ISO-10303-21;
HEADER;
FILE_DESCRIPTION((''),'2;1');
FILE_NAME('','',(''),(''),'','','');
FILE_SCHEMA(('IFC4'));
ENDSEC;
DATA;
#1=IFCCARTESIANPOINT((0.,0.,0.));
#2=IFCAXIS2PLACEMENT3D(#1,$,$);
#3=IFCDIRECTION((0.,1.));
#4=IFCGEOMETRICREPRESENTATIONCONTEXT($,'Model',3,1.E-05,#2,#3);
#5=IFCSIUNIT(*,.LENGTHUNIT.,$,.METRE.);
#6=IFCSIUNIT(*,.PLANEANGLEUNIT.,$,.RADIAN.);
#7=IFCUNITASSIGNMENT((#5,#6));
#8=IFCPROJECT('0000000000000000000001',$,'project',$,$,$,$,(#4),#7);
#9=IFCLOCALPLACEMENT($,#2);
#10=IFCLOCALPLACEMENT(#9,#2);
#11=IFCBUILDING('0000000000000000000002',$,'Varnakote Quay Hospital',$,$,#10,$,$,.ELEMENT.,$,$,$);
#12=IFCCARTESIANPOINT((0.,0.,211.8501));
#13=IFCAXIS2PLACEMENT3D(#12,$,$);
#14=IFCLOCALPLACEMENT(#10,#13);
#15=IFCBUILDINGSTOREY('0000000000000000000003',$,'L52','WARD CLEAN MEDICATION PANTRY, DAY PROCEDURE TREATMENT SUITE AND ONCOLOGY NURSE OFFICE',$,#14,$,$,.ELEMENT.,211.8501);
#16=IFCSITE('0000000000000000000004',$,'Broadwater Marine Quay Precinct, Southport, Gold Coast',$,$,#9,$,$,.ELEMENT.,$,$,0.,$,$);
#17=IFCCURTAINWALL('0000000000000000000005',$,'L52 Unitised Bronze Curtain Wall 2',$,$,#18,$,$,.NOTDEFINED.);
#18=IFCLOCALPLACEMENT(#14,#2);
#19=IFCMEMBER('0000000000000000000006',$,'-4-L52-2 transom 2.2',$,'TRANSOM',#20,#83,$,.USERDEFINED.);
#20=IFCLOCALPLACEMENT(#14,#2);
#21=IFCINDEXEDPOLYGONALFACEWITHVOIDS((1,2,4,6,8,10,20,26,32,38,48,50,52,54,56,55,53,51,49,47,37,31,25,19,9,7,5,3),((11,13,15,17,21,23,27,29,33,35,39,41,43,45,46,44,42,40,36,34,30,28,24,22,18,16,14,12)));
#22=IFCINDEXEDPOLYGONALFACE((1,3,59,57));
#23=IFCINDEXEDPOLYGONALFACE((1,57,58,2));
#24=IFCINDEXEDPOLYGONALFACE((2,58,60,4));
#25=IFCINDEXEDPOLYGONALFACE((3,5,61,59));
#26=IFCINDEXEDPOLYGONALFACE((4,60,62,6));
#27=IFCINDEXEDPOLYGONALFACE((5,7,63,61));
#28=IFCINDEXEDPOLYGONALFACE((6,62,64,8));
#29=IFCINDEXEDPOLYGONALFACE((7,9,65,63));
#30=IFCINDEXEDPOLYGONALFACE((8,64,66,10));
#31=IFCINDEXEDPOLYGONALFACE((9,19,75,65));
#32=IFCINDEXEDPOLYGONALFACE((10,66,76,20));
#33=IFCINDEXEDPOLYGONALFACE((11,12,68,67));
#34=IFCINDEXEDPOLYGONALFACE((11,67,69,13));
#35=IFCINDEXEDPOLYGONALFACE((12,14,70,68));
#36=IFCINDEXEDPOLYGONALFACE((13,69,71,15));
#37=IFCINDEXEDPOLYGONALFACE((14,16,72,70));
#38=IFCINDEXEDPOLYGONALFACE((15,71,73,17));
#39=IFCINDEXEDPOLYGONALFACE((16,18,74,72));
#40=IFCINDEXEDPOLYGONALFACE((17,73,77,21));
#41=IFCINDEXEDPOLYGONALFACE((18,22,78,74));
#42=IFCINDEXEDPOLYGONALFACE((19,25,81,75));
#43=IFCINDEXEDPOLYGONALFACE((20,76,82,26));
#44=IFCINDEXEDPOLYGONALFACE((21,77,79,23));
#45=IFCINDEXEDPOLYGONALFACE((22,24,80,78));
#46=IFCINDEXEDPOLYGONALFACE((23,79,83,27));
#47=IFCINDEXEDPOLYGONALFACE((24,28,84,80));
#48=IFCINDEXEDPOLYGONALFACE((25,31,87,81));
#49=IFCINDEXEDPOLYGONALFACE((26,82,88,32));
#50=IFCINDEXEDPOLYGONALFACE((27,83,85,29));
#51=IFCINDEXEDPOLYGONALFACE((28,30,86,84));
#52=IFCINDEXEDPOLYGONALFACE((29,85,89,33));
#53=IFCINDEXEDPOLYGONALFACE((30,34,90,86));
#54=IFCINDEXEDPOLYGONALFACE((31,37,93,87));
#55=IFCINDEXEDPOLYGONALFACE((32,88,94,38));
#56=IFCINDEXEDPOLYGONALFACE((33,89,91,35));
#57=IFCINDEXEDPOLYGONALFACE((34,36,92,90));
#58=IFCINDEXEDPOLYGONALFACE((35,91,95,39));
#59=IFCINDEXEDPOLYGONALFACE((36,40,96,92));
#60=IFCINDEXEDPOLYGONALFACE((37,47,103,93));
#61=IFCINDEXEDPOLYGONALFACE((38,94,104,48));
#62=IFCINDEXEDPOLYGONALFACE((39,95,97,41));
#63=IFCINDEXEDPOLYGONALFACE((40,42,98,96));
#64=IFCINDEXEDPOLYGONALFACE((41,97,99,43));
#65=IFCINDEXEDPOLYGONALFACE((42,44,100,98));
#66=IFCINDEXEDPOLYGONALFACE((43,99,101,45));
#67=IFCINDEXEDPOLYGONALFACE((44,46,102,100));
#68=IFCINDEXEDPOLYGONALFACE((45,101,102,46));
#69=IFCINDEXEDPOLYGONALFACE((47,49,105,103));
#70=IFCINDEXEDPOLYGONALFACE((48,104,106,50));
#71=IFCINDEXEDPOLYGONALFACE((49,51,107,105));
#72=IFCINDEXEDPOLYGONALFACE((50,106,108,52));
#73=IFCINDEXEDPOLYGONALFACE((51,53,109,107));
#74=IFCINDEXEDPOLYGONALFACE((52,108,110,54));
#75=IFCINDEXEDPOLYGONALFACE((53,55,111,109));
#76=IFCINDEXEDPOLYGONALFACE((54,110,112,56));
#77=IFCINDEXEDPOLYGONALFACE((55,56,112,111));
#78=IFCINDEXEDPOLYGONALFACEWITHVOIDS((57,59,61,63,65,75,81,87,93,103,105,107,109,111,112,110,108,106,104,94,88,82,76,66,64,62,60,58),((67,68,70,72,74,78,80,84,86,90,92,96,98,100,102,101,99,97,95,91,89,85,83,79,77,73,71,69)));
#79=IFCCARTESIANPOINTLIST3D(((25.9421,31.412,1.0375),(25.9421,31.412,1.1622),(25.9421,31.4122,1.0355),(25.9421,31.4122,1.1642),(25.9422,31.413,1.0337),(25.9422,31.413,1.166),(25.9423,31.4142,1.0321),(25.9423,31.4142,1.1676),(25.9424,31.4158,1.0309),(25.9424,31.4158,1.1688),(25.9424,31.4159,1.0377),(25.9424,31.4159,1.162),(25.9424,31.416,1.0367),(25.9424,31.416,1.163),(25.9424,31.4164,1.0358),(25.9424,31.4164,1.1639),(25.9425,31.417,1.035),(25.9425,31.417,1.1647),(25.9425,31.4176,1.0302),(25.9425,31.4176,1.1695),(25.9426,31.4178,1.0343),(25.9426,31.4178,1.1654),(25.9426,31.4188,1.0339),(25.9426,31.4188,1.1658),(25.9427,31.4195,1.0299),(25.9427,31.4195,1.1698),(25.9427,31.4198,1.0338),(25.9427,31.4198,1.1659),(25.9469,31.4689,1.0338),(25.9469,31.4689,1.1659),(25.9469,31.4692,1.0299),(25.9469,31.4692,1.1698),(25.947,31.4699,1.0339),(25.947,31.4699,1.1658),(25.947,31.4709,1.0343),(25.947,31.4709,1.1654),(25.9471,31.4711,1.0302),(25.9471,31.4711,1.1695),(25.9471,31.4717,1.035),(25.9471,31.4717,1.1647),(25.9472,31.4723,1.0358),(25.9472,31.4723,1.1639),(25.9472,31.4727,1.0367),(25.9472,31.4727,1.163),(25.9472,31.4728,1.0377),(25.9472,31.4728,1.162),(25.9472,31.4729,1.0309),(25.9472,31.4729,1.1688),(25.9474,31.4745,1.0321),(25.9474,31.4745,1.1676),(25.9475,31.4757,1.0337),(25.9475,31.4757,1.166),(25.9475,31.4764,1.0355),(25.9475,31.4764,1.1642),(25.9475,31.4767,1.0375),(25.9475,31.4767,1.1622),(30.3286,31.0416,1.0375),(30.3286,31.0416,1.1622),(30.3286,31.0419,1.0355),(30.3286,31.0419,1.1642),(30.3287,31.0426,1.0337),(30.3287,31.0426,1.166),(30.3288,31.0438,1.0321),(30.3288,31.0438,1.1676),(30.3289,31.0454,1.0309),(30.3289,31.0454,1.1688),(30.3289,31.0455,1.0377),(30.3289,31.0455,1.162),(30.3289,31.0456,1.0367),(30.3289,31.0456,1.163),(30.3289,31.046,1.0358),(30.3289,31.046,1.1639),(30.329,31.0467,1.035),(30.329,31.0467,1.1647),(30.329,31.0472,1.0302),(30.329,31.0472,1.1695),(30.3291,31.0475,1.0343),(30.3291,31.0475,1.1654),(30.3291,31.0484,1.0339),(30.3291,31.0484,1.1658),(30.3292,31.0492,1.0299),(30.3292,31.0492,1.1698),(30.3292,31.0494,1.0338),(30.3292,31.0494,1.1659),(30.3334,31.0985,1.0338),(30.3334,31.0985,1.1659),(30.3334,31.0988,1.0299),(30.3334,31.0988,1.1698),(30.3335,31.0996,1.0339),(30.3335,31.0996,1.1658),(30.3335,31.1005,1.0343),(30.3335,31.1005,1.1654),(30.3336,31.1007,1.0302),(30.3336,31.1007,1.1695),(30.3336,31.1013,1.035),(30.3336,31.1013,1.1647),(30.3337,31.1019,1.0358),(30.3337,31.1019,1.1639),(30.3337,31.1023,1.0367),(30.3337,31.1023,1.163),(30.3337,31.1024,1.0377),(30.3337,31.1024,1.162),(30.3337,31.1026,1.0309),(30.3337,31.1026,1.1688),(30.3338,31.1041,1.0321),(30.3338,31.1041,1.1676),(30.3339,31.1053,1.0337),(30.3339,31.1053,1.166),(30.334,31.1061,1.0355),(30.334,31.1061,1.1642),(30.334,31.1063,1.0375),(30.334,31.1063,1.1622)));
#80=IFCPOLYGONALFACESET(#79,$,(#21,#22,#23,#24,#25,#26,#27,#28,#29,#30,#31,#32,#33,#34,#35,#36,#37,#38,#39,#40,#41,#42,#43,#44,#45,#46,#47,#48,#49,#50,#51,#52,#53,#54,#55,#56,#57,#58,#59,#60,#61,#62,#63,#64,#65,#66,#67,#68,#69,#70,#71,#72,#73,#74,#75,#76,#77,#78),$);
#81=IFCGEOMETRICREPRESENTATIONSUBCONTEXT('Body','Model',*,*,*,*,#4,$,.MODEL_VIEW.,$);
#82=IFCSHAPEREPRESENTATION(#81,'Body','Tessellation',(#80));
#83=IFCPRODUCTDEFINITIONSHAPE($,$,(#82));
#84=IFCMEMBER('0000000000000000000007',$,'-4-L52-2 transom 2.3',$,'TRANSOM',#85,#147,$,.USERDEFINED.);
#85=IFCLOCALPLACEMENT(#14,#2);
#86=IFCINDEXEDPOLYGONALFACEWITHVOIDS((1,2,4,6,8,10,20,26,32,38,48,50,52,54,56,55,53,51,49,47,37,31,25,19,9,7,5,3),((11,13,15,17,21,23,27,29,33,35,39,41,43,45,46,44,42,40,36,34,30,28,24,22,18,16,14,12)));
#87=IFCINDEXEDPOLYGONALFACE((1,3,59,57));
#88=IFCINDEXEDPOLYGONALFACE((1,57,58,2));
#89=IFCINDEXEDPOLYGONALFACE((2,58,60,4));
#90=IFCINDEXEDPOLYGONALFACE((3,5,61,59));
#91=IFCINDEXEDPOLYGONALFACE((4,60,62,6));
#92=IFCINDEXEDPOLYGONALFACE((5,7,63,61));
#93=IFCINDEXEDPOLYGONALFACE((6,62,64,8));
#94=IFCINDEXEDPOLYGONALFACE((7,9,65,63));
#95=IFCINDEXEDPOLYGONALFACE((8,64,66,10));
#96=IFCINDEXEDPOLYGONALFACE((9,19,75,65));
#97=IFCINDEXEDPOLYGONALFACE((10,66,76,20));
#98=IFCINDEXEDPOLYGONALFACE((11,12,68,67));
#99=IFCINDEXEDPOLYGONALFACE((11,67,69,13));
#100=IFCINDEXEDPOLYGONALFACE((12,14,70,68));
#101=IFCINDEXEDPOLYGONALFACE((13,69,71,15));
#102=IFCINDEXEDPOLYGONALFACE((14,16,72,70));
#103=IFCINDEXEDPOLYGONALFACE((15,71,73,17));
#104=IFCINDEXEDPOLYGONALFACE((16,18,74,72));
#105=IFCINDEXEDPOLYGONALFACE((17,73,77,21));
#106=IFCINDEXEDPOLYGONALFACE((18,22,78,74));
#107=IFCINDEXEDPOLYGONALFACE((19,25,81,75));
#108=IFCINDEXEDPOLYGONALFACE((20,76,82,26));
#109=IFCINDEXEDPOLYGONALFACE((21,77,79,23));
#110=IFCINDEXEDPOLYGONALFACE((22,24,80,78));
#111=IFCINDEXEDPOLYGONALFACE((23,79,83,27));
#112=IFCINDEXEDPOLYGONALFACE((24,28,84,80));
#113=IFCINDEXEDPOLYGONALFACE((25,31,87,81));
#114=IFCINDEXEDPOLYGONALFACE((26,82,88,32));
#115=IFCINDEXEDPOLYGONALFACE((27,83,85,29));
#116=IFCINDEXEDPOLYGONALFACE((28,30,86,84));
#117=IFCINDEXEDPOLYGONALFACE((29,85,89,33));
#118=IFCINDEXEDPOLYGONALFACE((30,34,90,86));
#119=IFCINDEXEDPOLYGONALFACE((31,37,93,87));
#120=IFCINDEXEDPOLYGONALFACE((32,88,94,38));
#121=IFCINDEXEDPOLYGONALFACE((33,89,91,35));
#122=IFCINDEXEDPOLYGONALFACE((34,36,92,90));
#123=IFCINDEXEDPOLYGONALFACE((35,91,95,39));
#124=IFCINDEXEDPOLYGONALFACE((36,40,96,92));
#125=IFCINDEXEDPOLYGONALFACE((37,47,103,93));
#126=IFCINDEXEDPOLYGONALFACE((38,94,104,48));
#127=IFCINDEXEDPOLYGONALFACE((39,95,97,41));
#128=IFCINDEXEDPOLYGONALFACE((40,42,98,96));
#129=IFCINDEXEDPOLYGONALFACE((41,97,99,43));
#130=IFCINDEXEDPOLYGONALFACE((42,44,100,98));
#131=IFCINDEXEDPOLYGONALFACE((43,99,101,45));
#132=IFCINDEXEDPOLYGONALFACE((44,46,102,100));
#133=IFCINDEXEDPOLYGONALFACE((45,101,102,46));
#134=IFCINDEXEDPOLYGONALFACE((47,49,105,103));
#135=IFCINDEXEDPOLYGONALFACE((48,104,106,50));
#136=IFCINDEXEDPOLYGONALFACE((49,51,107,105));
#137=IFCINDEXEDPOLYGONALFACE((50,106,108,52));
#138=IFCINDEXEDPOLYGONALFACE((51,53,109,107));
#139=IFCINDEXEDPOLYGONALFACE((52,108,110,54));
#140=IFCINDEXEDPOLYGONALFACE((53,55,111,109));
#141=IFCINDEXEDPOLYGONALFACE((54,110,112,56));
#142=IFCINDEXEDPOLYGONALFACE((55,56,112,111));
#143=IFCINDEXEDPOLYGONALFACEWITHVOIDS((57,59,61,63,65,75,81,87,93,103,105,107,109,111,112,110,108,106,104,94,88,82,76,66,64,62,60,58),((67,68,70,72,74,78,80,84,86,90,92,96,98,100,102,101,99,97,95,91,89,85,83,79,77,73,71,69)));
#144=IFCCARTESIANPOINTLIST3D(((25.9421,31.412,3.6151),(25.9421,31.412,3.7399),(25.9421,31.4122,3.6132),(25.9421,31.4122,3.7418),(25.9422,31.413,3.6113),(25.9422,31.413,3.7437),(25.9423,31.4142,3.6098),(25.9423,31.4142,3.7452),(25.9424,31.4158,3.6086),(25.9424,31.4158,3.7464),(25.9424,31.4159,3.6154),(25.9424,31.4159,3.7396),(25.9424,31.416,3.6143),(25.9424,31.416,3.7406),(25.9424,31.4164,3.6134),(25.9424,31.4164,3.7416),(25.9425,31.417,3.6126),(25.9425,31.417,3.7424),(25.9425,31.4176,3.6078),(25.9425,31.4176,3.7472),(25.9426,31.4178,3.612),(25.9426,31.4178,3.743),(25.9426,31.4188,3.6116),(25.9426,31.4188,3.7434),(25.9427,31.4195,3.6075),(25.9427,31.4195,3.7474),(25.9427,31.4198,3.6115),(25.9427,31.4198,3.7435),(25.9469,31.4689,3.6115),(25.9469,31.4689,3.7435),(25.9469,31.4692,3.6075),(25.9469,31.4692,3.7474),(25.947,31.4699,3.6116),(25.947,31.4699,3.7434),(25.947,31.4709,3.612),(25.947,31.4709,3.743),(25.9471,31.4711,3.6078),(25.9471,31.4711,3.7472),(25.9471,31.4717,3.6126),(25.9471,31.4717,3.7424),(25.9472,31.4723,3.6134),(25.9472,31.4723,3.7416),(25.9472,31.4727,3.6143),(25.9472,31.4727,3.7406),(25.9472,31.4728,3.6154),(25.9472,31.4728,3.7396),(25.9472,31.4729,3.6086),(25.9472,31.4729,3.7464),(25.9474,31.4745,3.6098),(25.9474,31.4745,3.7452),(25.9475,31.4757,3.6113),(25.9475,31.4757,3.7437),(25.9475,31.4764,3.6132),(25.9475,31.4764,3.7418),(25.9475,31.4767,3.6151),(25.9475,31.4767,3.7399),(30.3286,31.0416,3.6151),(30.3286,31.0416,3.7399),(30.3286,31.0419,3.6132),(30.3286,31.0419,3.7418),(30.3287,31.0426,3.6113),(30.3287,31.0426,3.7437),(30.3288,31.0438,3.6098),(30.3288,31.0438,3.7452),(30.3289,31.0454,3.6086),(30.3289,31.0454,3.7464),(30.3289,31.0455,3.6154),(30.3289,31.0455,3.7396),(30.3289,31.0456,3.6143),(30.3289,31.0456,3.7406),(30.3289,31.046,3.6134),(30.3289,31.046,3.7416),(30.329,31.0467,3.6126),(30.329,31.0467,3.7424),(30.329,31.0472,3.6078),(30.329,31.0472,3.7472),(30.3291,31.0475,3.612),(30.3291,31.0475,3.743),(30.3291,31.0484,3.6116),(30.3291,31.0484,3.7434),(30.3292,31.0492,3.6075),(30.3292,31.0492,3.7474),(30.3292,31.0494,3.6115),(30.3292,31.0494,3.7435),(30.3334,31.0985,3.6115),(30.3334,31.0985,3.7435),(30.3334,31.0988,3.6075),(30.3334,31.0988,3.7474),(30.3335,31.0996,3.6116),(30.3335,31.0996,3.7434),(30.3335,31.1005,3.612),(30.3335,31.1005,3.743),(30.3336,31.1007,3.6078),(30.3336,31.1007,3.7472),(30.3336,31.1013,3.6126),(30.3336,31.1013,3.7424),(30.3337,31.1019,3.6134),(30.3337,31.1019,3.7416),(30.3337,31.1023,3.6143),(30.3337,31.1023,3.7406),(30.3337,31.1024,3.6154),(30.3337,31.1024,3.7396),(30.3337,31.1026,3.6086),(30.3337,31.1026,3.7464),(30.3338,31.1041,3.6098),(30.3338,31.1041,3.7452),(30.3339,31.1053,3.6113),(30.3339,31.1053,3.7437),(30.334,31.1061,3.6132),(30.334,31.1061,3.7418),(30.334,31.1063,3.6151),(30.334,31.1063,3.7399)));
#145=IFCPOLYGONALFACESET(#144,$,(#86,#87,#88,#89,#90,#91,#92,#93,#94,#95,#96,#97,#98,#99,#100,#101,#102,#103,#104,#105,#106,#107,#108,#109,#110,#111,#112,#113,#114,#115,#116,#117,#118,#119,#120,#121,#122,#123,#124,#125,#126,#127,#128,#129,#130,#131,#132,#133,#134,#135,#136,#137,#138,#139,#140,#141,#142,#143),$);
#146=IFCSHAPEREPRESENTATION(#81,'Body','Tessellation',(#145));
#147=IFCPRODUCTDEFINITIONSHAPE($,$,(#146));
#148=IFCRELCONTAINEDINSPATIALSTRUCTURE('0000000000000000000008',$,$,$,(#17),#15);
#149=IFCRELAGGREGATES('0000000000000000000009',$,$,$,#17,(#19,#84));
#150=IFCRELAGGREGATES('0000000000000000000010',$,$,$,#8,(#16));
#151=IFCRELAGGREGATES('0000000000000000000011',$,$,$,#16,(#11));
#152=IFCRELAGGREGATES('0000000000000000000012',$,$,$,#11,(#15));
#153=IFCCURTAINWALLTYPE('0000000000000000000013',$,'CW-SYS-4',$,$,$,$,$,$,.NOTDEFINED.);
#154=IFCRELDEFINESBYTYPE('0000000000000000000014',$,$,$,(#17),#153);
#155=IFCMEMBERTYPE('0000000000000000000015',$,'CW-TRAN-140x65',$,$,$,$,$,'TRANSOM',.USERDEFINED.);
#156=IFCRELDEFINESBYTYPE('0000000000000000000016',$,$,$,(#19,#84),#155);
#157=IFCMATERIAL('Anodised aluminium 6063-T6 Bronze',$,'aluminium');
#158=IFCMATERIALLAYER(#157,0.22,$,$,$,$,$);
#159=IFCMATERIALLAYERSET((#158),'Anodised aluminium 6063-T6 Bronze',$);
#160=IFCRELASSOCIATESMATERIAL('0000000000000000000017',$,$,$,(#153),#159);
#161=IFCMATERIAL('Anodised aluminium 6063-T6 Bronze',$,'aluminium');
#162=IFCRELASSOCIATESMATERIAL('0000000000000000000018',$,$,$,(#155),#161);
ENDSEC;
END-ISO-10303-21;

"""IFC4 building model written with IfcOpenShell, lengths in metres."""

from ifc_helpers import new_model, si_unit, direction, frame, origin, origin_2d, place, context, subcontext, project, spatial, hollow_rectangle, extrude, material, layer, layer_set, material_profile, profile_set, type_object, element, aggregate, save


model = new_model("IFC4")

# Units and contexts
model_context = context("Model", 3, precision=1e-05, world=origin(), true_north=direction((0.0, 1.0)))
body_context = subcontext(model_context, "Body", "Model", "MODEL_VIEW")
ifc_project = project(units=[si_unit("LENGTHUNIT", "METRE"), si_unit("PLANEANGLEUNIT", "RADIAN")], contexts=[model_context])

# Site, building, storey
site_placement = place(None, origin())
site = spatial("IfcSite", under=ifc_project, at=site_placement, Name="Broadwater Marine Quay Precinct, Southport, Gold Coast", CompositionType="ELEMENT", RefElevation=0.0)
building_placement = place(site_placement, origin())
building = spatial("IfcBuilding", under=site, at=building_placement, Name="Varnakote Quay Hospital", CompositionType="ELEMENT")
storey_placement = place(building_placement, frame((0.0, 0.0, 211.8501)))
storey = spatial("IfcBuildingStorey", under=building, at=storey_placement, Name="L52", Description="WARD CLEAN MEDICATION PANTRY, DAY PROCEDURE TREATMENT SUITE AND ONCOLOGY NURSE OFFICE", CompositionType="ELEMENT", Elevation=211.8501)

# Curtain wall, members
ifc_material_1 = material(Name="Anodised aluminium 6063-T6 Bronze", Category="aluminium")
ifc_layer_1 = layer(ifc_material_1, 0.22)
ifc_layer_set_1 = layer_set([ifc_layer_1], Name="Anodised aluminium 6063-T6 Bronze")
curtain_wall_type = type_object("IfcCurtainWallType", Name="CW-SYS-4", PredefinedType="NOTDEFINED", material=ifc_layer_set_1)
curtain_wall_placement = place(storey_placement, origin())
curtain_wall = element("IfcCurtainWall", 1, at=curtain_wall_placement, inside=storey, type_object=curtain_wall_type, Name="L52 Unitised Bronze Curtain Wall 2", PredefinedType="NOTDEFINED")
ifc_material_2 = material(Name="Anodised aluminium 6063-T6 Bronze", Category="aluminium")
ifc_material_profile_1 = material_profile(ifc_material_2, hollow_rectangle(XDim=0.0649, YDim=0.1399, WallThickness=0.0039, InnerFilletRadius=0.0039, OuterFilletRadius=0.0076, at=origin_2d()), Name="CW-TRAN-140x65")
ifc_profile_set_1 = profile_set([ifc_material_profile_1], Name="Anodised aluminium 6063-T6 Bronze")
member_type_1 = type_object("IfcMemberType", Name="CW-TRAN-140x65", ElementType="TRANSOM", PredefinedType="USERDEFINED", material=ifc_profile_set_1)
member_1_placement = place(storey_placement, frame((30.3313, 31.074, 1.0999), z_axis=(-0.996455, 0.084133, 0.0), x_axis=(-0.084133, -0.996455, 0.0)))
member_1 = element("IfcMember", 2, at=member_1_placement, type_object=member_type_1, Name="-4-L52-2 transom 2.2", ObjectType="TRANSOM", PredefinedType="USERDEFINED", context=body_context, shape_type="SweptSolid", body=[
    extrude(hollow_rectangle(XDim=0.0649, YDim=0.1399, WallThickness=0.0039, InnerFilletRadius=0.0039, OuterFilletRadius=0.0076, at=origin_2d()), origin(), (0.0, 0.0, 1.0), 4.4021),
])
member_2_placement = place(storey_placement, frame((30.3313, 31.074, 3.6775), z_axis=(-0.996455, 0.084133, 0.0), x_axis=(-0.084133, -0.996455, 0.0)))
member_2 = element("IfcMember", 3, at=member_2_placement, type_object=member_type_1, Name="-4-L52-2 transom 2.3", ObjectType="TRANSOM", PredefinedType="USERDEFINED", context=body_context, shape_type="SweptSolid", body=[
    extrude(hollow_rectangle(XDim=0.0649, YDim=0.1399, WallThickness=0.0039, InnerFilletRadius=0.0039, OuterFilletRadius=0.0076, at=origin_2d()), origin(), (0.0, 0.0, 1.0), 4.4021),
])

aggregate(curtain_wall, [member_1, member_2])

save(model, "model.ifc")
